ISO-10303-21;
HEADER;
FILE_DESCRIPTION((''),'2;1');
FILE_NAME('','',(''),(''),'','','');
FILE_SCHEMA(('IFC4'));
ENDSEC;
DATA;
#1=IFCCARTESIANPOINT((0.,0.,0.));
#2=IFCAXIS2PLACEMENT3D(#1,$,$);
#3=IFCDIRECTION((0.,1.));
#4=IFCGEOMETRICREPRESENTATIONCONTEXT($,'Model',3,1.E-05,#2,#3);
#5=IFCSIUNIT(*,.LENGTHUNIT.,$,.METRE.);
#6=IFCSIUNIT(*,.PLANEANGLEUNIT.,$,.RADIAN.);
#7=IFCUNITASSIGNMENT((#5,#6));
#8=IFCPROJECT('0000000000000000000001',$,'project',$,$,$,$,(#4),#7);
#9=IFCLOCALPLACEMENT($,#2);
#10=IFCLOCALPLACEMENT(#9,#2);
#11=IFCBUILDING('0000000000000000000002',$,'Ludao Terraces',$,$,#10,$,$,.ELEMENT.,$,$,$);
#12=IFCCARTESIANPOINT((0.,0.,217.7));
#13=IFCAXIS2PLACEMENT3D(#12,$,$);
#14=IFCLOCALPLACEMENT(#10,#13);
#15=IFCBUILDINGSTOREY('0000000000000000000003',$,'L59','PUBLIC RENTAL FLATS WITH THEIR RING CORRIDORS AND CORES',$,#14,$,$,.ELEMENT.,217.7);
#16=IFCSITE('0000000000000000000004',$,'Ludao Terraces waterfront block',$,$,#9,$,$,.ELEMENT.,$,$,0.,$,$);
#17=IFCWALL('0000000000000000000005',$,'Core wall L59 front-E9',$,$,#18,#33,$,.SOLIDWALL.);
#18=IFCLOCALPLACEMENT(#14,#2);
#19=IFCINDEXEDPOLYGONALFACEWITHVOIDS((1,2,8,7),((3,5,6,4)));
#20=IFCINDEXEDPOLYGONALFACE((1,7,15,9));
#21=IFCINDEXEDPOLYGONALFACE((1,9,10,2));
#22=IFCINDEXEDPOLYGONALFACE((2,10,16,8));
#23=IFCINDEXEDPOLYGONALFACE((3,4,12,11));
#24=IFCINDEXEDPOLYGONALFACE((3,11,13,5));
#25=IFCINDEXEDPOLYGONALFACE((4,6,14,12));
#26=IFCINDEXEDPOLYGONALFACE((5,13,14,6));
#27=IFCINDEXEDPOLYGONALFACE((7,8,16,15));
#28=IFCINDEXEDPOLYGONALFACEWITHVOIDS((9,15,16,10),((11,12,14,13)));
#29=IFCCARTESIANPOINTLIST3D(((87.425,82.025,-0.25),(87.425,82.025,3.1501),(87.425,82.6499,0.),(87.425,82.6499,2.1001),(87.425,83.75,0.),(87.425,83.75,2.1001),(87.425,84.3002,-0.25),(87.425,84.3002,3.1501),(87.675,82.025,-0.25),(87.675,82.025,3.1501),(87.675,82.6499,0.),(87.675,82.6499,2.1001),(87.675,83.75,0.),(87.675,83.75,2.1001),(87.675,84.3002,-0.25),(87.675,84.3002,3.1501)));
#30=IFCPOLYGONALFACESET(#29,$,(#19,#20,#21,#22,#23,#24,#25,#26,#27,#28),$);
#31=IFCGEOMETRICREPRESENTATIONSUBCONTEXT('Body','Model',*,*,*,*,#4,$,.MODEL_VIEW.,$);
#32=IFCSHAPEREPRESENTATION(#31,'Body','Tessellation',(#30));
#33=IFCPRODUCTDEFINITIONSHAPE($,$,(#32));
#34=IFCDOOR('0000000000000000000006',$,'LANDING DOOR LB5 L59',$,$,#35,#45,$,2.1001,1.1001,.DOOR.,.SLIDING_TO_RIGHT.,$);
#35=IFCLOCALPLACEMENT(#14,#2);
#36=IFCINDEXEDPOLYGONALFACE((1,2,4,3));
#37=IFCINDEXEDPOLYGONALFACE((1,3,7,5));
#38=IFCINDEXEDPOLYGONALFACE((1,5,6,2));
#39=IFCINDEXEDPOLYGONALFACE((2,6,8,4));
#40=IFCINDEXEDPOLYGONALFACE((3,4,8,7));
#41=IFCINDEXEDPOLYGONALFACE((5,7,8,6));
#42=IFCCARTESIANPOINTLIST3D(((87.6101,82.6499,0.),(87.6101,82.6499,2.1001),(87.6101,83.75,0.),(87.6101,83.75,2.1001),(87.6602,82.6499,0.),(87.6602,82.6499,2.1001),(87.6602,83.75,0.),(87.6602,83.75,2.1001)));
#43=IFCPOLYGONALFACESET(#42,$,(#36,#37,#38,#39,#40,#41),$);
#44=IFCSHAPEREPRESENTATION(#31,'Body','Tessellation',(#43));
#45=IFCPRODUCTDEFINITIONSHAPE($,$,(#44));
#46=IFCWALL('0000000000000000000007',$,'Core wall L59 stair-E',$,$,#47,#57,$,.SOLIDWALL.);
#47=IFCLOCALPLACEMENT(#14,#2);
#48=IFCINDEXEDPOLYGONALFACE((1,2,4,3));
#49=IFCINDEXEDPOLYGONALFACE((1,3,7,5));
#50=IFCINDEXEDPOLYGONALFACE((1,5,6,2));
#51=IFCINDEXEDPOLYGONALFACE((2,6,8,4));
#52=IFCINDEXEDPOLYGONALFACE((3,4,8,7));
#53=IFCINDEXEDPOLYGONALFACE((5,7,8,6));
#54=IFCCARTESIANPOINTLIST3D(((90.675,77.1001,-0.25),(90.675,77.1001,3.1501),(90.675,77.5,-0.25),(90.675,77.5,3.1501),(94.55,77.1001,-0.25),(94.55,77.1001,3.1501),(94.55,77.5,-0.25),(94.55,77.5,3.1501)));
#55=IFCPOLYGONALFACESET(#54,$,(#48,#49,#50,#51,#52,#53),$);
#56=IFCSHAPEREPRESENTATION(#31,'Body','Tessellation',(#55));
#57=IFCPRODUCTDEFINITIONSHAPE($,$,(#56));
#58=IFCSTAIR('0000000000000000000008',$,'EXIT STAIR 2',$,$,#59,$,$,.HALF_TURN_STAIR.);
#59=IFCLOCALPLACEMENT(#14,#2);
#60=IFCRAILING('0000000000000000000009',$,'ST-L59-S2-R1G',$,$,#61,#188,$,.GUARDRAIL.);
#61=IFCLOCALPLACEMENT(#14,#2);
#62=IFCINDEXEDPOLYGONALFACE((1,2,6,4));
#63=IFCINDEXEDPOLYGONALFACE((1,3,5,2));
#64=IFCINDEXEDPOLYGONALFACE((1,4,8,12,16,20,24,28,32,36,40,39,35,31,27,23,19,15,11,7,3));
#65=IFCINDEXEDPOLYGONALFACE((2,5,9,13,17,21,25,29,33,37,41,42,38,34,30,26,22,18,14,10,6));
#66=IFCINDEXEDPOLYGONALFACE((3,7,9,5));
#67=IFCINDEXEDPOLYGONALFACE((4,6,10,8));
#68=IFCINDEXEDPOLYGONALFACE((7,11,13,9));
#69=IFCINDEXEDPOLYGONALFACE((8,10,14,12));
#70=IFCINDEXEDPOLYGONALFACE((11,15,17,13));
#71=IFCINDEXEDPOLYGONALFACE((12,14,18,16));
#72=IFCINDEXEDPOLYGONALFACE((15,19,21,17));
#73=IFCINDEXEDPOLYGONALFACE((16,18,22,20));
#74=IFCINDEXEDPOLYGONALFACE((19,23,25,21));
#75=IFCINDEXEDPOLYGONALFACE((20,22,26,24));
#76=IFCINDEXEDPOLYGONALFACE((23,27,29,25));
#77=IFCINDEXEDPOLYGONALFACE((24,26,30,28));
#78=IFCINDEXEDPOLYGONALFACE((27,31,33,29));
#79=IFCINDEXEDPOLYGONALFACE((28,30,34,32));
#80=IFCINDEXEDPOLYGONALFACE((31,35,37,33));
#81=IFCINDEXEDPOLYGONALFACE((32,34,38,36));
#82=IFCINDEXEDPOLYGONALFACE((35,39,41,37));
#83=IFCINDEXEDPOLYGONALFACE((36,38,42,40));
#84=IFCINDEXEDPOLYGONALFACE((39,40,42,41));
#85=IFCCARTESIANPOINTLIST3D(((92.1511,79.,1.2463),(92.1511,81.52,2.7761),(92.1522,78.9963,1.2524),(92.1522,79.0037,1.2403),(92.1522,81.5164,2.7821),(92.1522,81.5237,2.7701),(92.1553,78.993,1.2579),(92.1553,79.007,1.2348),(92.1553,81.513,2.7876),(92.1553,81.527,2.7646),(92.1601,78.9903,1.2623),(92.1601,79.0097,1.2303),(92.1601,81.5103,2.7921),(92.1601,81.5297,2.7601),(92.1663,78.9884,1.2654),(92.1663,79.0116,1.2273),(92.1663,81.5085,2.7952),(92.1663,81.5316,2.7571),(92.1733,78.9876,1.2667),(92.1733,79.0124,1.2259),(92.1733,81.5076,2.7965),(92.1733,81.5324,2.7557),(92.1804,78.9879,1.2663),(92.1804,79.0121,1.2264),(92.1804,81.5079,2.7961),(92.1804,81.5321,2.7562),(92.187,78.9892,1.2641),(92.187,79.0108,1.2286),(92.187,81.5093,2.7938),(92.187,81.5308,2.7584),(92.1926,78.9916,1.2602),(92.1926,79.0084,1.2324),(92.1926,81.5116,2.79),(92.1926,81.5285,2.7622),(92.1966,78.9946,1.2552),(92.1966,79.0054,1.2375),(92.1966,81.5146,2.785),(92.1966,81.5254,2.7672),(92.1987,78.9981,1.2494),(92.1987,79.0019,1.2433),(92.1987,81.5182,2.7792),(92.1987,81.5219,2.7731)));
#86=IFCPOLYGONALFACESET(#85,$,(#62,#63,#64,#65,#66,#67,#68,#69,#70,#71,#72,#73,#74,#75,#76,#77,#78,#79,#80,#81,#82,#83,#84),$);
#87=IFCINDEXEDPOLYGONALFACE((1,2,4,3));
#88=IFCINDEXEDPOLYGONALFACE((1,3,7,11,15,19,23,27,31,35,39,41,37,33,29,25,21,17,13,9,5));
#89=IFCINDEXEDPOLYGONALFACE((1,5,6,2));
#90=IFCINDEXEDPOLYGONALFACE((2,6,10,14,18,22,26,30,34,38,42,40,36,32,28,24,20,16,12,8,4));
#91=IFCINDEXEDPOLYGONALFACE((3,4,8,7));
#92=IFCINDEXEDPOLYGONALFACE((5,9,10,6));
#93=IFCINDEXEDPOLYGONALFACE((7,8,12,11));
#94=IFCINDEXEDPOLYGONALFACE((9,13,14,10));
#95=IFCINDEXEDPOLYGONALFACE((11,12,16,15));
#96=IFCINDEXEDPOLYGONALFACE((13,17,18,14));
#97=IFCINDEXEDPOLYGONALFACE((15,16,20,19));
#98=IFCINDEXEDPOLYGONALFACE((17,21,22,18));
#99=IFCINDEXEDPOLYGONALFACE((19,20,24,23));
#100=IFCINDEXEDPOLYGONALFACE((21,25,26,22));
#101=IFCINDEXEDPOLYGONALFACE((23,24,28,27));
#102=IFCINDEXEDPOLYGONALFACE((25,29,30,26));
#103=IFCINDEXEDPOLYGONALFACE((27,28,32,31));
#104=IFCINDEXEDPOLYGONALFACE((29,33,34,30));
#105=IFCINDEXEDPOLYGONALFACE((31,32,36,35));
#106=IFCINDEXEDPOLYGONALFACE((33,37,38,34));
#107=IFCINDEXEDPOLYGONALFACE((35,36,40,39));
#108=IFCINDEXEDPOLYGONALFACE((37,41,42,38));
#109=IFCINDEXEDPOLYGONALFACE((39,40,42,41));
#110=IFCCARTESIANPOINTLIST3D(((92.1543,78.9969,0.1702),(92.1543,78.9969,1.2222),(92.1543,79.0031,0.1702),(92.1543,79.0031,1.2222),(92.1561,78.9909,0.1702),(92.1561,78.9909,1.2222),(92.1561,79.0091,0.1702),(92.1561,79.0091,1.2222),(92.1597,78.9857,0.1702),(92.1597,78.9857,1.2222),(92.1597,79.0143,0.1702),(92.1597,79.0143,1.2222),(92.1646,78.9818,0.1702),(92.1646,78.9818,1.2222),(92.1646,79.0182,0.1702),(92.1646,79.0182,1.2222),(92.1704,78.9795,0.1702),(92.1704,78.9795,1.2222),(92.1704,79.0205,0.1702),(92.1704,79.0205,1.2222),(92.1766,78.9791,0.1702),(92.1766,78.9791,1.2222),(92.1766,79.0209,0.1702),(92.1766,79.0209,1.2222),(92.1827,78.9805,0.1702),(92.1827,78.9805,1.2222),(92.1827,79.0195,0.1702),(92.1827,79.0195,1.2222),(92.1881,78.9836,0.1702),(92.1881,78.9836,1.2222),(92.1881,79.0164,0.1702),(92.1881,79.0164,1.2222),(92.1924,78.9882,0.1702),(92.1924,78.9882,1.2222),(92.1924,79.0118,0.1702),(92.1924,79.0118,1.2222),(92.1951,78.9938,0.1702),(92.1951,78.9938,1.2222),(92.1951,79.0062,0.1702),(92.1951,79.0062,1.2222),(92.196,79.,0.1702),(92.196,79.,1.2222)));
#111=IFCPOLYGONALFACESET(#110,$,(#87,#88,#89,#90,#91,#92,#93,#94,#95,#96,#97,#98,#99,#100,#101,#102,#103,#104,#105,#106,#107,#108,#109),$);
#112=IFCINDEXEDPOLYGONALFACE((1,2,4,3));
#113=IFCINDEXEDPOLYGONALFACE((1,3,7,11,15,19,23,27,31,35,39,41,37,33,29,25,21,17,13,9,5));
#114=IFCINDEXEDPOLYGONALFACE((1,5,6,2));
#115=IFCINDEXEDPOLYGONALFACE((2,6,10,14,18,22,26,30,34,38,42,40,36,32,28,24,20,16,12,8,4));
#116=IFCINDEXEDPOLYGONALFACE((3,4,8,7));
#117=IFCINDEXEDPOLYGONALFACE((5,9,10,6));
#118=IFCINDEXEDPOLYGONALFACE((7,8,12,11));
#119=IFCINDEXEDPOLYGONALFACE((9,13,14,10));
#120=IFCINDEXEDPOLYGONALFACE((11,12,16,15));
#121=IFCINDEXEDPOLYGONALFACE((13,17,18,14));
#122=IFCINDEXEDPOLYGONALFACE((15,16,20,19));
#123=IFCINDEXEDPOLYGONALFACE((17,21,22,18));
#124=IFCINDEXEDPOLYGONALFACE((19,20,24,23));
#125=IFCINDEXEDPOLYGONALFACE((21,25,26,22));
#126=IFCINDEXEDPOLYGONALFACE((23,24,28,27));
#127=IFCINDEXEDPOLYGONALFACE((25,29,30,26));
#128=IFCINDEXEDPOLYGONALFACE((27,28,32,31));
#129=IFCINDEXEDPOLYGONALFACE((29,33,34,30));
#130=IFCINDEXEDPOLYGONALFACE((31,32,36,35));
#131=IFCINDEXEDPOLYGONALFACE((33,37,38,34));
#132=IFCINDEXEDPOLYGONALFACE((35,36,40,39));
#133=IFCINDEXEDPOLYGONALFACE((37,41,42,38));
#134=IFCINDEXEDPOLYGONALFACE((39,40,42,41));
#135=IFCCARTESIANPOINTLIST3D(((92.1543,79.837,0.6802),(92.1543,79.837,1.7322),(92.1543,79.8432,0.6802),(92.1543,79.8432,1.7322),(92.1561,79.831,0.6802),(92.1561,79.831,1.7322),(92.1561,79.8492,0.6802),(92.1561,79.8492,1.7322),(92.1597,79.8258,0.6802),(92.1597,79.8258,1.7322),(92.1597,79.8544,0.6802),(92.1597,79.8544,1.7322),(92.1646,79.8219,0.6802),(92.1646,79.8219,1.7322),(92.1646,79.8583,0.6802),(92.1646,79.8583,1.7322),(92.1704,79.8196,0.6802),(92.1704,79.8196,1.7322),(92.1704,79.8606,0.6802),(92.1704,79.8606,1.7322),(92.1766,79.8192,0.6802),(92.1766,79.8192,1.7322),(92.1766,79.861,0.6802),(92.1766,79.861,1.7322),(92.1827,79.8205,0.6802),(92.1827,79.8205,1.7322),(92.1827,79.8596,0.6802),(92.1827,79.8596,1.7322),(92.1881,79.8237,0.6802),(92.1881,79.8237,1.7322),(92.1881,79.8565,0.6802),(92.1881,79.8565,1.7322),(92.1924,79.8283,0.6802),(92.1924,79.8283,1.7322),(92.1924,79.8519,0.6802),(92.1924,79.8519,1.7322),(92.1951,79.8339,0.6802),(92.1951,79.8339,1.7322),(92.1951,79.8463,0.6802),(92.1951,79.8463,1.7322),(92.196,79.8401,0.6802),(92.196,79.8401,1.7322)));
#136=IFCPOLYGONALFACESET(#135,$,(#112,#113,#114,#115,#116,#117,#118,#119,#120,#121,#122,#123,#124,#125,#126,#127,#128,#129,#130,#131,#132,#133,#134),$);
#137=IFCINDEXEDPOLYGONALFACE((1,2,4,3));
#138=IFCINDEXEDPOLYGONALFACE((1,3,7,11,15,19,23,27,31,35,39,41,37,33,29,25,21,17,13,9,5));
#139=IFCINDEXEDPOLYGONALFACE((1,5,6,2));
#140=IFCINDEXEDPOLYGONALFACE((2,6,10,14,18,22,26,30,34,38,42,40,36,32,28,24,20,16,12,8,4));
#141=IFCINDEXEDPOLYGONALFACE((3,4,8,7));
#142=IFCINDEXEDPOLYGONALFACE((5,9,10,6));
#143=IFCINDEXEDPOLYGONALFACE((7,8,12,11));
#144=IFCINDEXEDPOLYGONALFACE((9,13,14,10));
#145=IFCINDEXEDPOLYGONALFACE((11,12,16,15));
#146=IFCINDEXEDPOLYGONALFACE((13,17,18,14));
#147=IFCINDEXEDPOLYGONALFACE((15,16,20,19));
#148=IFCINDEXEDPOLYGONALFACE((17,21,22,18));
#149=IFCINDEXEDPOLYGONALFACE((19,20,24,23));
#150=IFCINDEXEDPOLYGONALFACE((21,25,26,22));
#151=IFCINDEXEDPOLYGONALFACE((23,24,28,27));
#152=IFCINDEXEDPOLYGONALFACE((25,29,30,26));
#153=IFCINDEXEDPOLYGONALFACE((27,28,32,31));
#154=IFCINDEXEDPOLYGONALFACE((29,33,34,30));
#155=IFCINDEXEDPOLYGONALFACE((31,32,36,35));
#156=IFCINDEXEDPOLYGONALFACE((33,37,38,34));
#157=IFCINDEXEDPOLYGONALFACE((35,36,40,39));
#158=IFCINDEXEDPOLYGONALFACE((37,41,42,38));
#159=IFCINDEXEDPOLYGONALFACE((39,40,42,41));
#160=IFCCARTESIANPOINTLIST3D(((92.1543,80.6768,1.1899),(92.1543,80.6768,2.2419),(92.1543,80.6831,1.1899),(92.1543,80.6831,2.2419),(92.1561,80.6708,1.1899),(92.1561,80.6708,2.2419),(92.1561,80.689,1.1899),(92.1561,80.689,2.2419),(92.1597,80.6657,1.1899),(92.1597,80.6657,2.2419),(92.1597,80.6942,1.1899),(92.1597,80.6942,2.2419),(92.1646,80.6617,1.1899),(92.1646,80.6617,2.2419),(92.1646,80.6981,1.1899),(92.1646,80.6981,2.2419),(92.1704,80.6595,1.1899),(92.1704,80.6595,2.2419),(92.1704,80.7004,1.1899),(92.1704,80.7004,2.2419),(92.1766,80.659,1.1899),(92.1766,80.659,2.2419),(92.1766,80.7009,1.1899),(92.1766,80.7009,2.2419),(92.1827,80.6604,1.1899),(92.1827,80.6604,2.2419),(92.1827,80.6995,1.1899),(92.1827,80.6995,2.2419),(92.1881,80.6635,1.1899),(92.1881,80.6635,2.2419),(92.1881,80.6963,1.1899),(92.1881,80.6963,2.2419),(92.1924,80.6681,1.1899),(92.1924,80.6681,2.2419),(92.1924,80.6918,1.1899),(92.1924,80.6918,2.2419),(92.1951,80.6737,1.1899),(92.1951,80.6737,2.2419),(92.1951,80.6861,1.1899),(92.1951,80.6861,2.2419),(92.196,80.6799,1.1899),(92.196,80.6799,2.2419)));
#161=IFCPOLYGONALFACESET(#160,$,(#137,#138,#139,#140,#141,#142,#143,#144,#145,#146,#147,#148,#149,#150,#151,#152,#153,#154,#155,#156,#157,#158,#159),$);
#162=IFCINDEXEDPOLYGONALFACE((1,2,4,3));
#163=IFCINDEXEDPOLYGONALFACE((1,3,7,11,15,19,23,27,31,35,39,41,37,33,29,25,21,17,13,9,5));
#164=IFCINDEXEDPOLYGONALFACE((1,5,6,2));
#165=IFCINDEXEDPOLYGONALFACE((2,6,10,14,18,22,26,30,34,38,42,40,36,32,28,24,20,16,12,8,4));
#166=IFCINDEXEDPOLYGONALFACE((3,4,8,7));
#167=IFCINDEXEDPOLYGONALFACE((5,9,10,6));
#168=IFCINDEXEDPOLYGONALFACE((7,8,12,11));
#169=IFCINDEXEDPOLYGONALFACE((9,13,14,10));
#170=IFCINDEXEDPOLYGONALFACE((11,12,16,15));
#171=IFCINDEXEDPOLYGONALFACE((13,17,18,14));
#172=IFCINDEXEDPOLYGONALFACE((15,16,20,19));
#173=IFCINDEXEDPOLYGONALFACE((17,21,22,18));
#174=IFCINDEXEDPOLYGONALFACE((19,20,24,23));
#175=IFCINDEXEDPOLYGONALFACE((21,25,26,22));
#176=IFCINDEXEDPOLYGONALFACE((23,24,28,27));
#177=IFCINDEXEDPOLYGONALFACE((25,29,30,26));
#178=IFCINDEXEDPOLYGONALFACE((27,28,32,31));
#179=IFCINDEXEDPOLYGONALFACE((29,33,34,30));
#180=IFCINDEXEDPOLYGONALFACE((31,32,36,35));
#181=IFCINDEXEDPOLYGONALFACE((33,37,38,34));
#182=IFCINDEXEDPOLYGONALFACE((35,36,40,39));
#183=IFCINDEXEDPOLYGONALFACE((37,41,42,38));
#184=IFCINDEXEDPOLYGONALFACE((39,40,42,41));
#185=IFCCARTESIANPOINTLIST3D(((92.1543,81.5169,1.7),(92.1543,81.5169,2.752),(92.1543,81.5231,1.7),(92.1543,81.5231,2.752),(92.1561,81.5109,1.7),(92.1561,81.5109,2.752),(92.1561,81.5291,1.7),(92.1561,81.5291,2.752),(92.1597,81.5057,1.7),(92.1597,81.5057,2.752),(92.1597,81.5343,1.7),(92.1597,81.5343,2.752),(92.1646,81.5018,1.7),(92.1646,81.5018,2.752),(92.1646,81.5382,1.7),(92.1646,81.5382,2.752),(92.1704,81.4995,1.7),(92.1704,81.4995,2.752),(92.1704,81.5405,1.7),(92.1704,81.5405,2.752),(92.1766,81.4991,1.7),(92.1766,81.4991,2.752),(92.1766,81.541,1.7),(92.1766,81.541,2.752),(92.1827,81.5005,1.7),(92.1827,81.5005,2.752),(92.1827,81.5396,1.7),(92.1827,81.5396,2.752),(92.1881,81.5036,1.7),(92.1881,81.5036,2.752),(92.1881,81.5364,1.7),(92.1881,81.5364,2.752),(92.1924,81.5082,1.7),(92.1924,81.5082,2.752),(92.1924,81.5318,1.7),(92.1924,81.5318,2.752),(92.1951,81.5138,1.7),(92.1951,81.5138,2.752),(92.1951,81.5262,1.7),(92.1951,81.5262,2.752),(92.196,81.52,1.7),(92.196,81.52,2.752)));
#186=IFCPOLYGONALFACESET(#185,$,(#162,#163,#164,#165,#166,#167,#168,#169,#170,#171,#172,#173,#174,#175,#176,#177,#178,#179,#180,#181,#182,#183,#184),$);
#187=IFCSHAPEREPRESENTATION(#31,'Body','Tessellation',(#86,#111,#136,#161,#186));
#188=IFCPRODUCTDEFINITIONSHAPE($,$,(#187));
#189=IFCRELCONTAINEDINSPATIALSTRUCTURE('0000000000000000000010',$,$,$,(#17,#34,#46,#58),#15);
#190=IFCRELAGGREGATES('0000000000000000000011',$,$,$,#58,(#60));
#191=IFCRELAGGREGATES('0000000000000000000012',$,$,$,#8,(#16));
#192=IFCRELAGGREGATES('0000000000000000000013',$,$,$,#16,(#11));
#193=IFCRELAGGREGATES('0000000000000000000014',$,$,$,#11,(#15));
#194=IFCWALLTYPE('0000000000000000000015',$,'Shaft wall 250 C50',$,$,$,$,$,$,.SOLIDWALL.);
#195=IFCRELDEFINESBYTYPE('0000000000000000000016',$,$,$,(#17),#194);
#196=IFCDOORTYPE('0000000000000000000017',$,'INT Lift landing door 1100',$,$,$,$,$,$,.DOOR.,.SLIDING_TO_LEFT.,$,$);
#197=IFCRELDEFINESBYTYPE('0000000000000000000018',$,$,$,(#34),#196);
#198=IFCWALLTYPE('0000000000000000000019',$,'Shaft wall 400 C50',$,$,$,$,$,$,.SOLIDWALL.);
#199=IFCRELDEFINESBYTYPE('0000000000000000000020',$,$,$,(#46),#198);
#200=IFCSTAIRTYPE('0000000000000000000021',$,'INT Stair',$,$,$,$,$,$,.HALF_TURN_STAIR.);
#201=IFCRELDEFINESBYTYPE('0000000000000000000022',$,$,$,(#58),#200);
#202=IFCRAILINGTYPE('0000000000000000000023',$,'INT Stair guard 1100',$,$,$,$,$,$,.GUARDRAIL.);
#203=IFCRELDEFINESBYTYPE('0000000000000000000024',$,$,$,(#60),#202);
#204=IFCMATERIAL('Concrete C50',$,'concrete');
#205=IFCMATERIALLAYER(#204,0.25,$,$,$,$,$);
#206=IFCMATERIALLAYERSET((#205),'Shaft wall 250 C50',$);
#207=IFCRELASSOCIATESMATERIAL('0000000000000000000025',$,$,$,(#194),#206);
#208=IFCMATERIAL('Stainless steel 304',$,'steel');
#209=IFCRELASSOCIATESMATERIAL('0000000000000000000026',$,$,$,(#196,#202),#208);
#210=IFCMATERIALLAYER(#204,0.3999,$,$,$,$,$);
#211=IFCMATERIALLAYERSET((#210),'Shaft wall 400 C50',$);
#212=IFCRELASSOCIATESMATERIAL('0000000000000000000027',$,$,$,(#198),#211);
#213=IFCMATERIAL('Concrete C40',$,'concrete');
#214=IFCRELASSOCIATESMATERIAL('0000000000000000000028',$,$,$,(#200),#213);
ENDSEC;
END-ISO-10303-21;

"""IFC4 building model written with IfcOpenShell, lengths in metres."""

from ifc_helpers import new_model, si_unit, direction, frame, frame_2d, origin, origin_2d, place, context, subcontext, project, spatial, rectangle, circle, extrude, material, layer, layer_set, type_object, element, fill, aggregate, save


model = new_model("IFC4")

# Units and contexts
model_context = context("Model", 3, precision=1e-05, world=origin(), true_north=direction((0.0, 1.0)))
body_context = subcontext(model_context, "Body", "Model", "MODEL_VIEW")
ifc_project = project(units=[si_unit("LENGTHUNIT", "METRE"), si_unit("PLANEANGLEUNIT", "RADIAN")], contexts=[model_context])

# Site, building, storey
site_placement = place(None, origin())
site = spatial("IfcSite", under=ifc_project, at=site_placement, Name="Ludao Terraces waterfront block", CompositionType="ELEMENT", RefElevation=0.0)
building_placement = place(site_placement, origin())
building = spatial("IfcBuilding", under=site, at=building_placement, Name="Ludao Terraces", CompositionType="ELEMENT")
storey_placement = place(building_placement, frame((0.0, 0.0, 217.7)))
storey = spatial("IfcBuildingStorey", under=building, at=storey_placement, Name="L59", Description="PUBLIC RENTAL FLATS WITH THEIR RING CORRIDORS AND CORES", CompositionType="ELEMENT", Elevation=217.7)

# Shared definitions
ifc_material_1 = material(Name="Concrete C50", Category="concrete")

# Shared definitions
ifc_layer_1 = layer(ifc_material_1, 0.25)
ifc_layer_set_1 = layer_set([ifc_layer_1], Name="Shaft wall 250 C50")
wall_type_1 = type_object("IfcWallType", Name="Shaft wall 250 C50", PredefinedType="SOLIDWALL", material=ifc_layer_set_1)

# Shared definitions
ifc_material_2 = material(Name="Stainless steel 304", Category="steel")
door_type_1 = type_object("IfcDoorType", Name="INT Lift landing door 1100", OperationType="SLIDING_TO_LEFT", PredefinedType="DOOR", material=ifc_material_2)

# Wall, opening, door
wall_1_placement = place(storey_placement, frame((87.55, 82.0249, -0.25), z_axis=(0.0, 0.0, 1.0), x_axis=(0.0, 1.0, 0.0)))
wall_1 = element("IfcWall", 1, at=wall_1_placement, inside=storey, type_object=wall_type_1, Name="Core wall L59 front-E9", PredefinedType="SOLIDWALL", context=body_context, shape_type="SweptSolid", body=[
    extrude(rectangle(XDim=2.2751, YDim=0.25, at=frame_2d((1.1377, 0.0))), origin(), (0.0, 0.0, 1.0), 3.4001),
])
opening_1_placement = place(wall_1_placement, frame((0.625, 0.0, 0.25)))
opening_1 = element("IfcOpeningElement", 2, at=opening_1_placement, cuts=wall_1, PredefinedType="OPENING", context=body_context, shape_type="SweptSolid", body=[
    extrude(rectangle(XDim=1.1001, YDim=2.1001, at=frame_2d((0.55, 1.05))), frame((0.0, 0.135, 0.0), z_axis=(0.0, -1.0, 0.0), x_axis=(1.0, 0.0, 0.0)), (0.0, 0.0, 1.0), 0.27),
])
door_1_placement = place(opening_1_placement, origin())
door_1 = element("IfcDoor", 3, at=door_1_placement, inside=storey, type_object=door_type_1, Name="LANDING DOOR LB5 L59", OperationType="SLIDING_TO_RIGHT", OverallHeight=2.1001, OverallWidth=1.1001, PredefinedType="DOOR", context=body_context, shape_type="SweptSolid", body=[
    extrude(rectangle(XDim=1.1001, YDim=2.1001, at=frame_2d((0.55, 1.05))), frame((0.0, -0.0601, 0.0), z_axis=(0.0, -1.0, 0.0), x_axis=(1.0, 0.0, 0.0)), (0.0, 0.0, 1.0), 0.05),
])
fill(opening_1, door_1)

# Wall
ifc_layer_2 = layer(ifc_material_1, 0.3999)
ifc_layer_set_2 = layer_set([ifc_layer_2], Name="Shaft wall 400 C50")
wall_type_2 = type_object("IfcWallType", Name="Shaft wall 400 C50", PredefinedType="SOLIDWALL", material=ifc_layer_set_2)
wall_2_placement = place(storey_placement, frame((90.675, 77.3, -0.25), z_axis=(0.0, 0.0, 1.0), x_axis=(1.0, 0.0, 0.0)))
element("IfcWall", 4, at=wall_2_placement, inside=storey, type_object=wall_type_2, Name="Core wall L59 stair-E", PredefinedType="SOLIDWALL", context=body_context, shape_type="SweptSolid", body=[
    extrude(rectangle(XDim=3.875, YDim=0.3999, at=frame_2d((1.9375, 0.0))), origin(), (0.0, 0.0, 1.0), 3.4001),
])

# Stair, railing
ifc_material_3 = material(Name="Concrete C40", Category="concrete")
stair_type = type_object("IfcStairType", Name="INT Stair", PredefinedType="HALF_TURN_STAIR", material=ifc_material_3)
stair_placement = place(storey_placement, origin())
stair = element("IfcStair", 5, at=stair_placement, inside=storey, type_object=stair_type, Name="EXIT STAIR 2", PredefinedType="HALF_TURN_STAIR")
railing_type_1 = type_object("IfcRailingType", Name="INT Stair guard 1100", PredefinedType="GUARDRAIL", material=ifc_material_2)
railing_1_placement = place(storey_placement, frame((92.175, 79.0, 0.1702)))
railing_1 = element("IfcRailing", 6, at=railing_1_placement, type_object=railing_type_1, Name="ST-L59-S2-R1G", PredefinedType="GUARDRAIL", context=body_context, shape_type="SweptSolid", body=[
    extrude(circle(Radius=0.0239, at=origin_2d()), frame((0.0, 0.0, 1.0762), z_axis=(0.0, 0.854822, 0.518922), x_axis=(-1.0, 0.0, 0.0)), (0.0, 0.0, 1.0), 2.948),
    extrude(circle(Radius=0.021, at=origin_2d()), origin(), (0.0, 0.0, 1.0), 1.052),
    extrude(circle(Radius=0.021, at=origin_2d()), frame((0.0, 0.8401, 0.51)), (0.0, 0.0, 1.0), 1.052),
    extrude(circle(Radius=0.021, at=origin_2d()), frame((0.0, 1.6799, 1.0198)), (0.0, 0.0, 1.0), 1.052),
    extrude(circle(Radius=0.021, at=origin_2d()), frame((0.0, 2.52, 1.5298)), (0.0, 0.0, 1.0), 1.052),
])
aggregate(stair, [railing_1])

save(model, "model.ifc")
